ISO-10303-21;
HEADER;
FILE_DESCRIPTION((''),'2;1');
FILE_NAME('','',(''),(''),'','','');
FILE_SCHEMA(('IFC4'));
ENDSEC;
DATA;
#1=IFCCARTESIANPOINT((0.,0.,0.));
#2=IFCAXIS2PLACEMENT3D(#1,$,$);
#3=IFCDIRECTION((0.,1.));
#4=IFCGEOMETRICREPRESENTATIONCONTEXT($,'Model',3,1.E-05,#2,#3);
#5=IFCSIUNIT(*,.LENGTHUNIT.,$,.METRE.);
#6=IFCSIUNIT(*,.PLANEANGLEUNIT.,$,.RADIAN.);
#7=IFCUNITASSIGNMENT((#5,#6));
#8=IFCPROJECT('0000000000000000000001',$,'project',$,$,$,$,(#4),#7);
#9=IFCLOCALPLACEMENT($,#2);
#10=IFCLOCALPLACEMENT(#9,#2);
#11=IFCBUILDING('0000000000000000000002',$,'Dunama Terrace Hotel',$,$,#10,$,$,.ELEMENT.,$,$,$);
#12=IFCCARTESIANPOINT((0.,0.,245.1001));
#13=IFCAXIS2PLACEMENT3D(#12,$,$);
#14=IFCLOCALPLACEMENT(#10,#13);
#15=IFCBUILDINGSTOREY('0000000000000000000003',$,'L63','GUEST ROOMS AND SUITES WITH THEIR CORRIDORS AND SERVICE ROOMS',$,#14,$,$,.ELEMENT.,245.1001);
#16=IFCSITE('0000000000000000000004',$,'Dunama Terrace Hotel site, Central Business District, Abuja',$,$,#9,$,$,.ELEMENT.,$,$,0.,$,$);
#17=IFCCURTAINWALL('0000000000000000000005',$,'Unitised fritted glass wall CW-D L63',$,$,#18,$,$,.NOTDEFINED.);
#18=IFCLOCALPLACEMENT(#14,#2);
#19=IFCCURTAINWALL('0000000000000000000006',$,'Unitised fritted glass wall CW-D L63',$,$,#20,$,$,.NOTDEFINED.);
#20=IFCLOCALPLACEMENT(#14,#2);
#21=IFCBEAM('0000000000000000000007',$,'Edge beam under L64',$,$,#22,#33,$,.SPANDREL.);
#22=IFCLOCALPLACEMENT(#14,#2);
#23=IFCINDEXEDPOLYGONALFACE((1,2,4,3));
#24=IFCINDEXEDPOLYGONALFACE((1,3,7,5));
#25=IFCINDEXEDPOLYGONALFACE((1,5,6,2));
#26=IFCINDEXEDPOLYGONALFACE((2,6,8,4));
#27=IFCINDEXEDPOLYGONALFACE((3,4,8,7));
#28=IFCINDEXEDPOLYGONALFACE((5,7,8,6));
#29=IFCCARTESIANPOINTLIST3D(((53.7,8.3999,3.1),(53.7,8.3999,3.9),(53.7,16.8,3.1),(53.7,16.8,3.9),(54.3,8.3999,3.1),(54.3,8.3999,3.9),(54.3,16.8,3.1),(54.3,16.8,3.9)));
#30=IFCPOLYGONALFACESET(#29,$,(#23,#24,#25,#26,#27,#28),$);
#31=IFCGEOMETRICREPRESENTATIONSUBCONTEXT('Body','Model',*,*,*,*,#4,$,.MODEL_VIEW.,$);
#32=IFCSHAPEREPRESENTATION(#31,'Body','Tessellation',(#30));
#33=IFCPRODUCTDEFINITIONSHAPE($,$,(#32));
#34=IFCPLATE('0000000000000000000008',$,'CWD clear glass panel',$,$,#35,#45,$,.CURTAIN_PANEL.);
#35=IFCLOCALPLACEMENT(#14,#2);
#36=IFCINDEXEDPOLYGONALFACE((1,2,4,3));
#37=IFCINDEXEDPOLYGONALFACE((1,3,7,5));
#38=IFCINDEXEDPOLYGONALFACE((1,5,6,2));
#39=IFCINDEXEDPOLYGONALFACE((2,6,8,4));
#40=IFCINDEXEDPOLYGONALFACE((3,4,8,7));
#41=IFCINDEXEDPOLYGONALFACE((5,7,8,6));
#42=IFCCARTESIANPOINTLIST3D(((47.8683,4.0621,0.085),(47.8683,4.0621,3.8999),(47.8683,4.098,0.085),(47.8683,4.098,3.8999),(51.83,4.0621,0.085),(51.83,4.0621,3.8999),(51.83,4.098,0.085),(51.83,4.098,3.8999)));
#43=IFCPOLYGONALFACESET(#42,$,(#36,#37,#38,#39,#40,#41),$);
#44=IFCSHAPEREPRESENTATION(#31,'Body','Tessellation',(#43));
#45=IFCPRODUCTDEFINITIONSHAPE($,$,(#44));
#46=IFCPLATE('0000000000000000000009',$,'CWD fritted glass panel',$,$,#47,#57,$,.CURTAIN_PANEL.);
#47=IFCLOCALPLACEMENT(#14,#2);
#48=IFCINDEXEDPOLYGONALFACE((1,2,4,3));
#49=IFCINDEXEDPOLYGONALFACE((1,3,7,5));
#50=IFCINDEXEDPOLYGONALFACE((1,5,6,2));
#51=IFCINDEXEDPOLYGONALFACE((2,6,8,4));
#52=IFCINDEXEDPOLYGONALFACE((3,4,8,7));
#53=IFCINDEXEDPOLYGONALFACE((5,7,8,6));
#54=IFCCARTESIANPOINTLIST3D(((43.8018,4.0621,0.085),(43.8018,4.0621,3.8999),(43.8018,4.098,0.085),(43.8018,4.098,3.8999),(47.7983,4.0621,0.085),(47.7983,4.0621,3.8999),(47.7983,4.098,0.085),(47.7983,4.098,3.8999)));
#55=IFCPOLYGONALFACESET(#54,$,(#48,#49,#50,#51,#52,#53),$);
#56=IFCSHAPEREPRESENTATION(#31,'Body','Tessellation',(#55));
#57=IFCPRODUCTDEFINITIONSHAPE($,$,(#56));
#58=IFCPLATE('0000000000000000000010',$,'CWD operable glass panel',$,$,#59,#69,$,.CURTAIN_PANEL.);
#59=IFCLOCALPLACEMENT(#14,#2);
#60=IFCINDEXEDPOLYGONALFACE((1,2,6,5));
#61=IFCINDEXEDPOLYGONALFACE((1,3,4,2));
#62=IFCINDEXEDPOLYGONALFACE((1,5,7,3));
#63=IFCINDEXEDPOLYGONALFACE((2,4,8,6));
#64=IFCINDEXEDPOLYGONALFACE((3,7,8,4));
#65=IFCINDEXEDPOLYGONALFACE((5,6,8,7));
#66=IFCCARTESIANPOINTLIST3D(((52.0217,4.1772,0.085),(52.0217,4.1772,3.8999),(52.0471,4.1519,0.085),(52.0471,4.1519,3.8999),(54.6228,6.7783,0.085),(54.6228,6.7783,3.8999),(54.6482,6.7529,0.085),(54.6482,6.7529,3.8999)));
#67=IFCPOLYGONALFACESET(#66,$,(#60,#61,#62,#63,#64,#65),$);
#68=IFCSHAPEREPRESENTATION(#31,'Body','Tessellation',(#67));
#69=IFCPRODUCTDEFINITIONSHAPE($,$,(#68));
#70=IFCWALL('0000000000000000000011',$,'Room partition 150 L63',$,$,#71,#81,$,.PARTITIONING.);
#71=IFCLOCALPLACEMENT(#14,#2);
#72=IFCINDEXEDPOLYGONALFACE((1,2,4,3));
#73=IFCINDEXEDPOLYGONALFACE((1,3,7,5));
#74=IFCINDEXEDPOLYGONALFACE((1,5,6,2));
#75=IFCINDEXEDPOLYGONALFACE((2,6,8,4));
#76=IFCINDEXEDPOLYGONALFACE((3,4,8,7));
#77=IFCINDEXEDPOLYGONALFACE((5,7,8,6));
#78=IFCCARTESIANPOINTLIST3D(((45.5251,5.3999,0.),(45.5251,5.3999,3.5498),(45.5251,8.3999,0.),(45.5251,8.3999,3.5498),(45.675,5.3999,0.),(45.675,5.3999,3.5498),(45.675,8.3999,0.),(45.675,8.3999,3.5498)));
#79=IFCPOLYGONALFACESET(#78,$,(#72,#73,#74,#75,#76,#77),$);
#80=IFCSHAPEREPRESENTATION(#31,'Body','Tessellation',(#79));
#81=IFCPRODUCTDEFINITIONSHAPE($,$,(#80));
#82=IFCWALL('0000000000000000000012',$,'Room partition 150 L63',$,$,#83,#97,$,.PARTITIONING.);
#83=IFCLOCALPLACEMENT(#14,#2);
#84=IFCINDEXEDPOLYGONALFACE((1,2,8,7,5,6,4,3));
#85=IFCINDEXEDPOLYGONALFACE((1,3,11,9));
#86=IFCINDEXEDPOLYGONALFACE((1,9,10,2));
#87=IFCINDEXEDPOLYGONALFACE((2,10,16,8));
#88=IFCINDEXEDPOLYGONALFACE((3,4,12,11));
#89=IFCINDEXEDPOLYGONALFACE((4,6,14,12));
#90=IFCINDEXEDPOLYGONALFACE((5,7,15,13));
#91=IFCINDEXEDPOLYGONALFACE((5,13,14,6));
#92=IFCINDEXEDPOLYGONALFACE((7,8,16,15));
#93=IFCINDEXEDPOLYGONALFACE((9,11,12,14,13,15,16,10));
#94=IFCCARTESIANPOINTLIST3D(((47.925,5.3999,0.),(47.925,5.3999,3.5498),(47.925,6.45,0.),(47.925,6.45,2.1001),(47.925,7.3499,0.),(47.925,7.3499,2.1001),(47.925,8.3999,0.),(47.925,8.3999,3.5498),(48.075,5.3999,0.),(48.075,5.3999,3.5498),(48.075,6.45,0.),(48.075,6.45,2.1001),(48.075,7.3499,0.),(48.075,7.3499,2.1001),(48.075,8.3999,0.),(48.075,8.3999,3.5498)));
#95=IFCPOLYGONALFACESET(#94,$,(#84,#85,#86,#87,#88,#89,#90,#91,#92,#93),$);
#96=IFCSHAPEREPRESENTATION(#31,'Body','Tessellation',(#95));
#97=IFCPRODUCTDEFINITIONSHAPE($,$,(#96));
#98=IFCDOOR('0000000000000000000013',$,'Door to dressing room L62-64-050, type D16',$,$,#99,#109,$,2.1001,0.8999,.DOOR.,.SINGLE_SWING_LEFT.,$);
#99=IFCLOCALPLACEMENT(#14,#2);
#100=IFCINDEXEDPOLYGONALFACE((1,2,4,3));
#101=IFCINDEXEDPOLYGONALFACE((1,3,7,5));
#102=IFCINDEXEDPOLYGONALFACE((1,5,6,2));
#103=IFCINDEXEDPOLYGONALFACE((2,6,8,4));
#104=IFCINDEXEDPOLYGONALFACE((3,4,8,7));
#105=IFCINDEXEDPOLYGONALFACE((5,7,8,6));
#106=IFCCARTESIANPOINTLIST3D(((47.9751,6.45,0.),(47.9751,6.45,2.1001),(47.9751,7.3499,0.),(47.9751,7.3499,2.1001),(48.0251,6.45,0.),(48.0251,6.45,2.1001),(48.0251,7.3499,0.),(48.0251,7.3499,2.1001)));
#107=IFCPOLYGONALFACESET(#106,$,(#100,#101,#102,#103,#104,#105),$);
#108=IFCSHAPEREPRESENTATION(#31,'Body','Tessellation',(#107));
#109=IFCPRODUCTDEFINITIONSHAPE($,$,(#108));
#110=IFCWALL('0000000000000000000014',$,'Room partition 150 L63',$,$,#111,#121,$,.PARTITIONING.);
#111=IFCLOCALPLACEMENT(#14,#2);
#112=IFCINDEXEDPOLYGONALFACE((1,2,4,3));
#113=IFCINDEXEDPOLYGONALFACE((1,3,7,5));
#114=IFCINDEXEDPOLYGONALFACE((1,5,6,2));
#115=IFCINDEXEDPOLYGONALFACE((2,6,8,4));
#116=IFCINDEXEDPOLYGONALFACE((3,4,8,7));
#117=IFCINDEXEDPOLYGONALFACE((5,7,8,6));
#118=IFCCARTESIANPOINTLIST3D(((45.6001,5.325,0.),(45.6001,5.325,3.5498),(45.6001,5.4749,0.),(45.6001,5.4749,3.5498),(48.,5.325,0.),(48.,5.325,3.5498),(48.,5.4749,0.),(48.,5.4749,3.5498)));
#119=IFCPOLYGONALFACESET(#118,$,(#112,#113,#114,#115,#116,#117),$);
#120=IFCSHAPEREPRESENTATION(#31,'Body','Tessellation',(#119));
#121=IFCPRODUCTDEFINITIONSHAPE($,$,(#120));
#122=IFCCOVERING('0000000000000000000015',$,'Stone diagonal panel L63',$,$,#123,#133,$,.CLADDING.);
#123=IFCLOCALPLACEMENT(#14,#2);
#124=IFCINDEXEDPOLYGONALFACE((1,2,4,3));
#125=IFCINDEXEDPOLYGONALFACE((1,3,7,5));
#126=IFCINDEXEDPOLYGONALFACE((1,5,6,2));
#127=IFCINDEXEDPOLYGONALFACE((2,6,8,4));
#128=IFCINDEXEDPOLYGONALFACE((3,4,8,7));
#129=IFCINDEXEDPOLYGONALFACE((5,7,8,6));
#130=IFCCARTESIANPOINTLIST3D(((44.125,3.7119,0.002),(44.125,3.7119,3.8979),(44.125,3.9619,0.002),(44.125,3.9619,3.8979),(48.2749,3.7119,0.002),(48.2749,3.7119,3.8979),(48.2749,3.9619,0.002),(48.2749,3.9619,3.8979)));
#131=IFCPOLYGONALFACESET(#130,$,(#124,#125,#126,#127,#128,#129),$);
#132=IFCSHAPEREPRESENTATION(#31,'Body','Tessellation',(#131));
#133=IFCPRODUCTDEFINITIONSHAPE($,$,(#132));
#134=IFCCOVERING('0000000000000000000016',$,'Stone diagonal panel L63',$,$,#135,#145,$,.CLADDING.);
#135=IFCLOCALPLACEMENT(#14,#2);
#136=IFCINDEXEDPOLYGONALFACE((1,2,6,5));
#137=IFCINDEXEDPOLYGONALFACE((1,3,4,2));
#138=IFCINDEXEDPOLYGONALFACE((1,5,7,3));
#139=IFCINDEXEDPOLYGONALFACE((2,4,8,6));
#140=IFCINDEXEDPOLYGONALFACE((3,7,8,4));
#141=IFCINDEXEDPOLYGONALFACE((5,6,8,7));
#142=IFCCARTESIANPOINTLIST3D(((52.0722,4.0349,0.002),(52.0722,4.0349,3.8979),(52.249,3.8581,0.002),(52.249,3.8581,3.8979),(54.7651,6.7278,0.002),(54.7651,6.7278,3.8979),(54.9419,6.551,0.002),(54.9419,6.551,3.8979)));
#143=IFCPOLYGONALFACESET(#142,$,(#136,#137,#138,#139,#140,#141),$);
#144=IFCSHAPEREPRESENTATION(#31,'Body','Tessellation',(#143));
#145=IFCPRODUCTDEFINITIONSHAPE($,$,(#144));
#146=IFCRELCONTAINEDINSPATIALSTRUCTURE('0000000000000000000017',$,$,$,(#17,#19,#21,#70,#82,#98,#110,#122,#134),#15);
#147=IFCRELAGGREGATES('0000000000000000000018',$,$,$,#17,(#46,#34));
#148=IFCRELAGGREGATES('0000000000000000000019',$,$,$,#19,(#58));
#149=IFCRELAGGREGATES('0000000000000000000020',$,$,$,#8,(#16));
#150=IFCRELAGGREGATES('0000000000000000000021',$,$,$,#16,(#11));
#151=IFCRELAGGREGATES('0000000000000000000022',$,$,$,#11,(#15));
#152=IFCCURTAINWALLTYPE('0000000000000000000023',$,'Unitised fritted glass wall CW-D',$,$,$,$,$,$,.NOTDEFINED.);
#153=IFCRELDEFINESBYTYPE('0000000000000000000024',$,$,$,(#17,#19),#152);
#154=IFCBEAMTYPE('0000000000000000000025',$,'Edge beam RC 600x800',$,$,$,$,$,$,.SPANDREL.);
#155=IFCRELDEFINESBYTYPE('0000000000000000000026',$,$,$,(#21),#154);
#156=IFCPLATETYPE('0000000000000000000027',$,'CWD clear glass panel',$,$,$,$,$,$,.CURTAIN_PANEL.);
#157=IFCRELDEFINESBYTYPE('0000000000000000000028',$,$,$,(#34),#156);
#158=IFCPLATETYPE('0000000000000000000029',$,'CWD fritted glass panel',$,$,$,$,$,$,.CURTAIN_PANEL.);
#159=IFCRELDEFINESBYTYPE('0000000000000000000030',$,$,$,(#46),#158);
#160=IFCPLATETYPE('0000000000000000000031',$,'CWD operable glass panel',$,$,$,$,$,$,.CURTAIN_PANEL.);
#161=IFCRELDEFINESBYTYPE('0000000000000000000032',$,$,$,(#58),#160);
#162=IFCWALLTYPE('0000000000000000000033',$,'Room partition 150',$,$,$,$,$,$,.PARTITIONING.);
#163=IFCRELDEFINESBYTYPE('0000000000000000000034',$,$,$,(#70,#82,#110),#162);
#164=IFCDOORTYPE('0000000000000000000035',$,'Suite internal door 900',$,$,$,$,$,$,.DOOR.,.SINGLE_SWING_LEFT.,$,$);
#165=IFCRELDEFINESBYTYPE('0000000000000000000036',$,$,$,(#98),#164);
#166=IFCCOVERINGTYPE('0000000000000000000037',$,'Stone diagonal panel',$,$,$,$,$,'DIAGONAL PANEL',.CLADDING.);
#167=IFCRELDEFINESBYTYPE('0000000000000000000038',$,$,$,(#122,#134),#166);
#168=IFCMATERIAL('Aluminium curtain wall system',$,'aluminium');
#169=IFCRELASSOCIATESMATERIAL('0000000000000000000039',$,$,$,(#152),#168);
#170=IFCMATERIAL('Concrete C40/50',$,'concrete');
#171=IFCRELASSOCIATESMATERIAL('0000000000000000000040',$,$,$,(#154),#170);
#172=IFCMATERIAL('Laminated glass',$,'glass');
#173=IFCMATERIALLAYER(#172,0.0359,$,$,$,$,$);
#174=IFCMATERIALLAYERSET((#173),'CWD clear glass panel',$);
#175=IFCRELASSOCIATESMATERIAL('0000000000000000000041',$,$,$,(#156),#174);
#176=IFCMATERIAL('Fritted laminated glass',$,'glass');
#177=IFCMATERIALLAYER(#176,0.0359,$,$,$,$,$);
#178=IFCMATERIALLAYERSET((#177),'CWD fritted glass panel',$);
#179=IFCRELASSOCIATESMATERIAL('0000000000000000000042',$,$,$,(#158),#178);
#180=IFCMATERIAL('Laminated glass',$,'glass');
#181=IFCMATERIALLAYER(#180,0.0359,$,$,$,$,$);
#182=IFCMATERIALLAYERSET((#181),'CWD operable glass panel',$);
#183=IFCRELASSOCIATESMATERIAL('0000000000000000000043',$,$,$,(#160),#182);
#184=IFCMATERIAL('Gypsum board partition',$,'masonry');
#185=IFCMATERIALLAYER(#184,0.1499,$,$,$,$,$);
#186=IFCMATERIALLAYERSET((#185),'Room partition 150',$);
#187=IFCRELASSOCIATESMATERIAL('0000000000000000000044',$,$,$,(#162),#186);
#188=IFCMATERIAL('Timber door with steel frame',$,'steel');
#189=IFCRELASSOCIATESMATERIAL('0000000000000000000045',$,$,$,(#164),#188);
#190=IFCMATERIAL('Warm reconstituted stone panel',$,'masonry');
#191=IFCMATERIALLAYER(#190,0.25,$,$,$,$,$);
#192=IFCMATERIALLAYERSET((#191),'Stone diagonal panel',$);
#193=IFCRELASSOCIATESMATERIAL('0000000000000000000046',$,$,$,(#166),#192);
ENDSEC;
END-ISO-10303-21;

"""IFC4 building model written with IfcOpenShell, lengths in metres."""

from ifc_helpers import new_model, si_unit, direction, frame, frame_2d, origin, origin_2d, place, context, subcontext, project, spatial, rectangle, extrude, material, layer, layer_set, material_profile, profile_set, type_object, element, fill, aggregate, save


model = new_model("IFC4")

# Units and contexts
model_context = context("Model", 3, precision=1e-05, world=origin(), true_north=direction((0.0, 1.0)))
body_context = subcontext(model_context, "Body", "Model", "MODEL_VIEW")
ifc_project = project(units=[si_unit("LENGTHUNIT", "METRE"), si_unit("PLANEANGLEUNIT", "RADIAN")], contexts=[model_context])

# Site, building, storey
site_placement = place(None, origin())
site = spatial("IfcSite", under=ifc_project, at=site_placement, Name="Dunama Terrace Hotel site, Central Business District, Abuja", CompositionType="ELEMENT", RefElevation=0.0)
building_placement = place(site_placement, origin())
building = spatial("IfcBuilding", under=site, at=building_placement, Name="Dunama Terrace Hotel", CompositionType="ELEMENT")
storey_placement = place(building_placement, frame((0.0, 0.0, 245.1001)))
storey = spatial("IfcBuildingStorey", under=building, at=storey_placement, Name="L63", Description="GUEST ROOMS AND SUITES WITH THEIR CORRIDORS AND SERVICE ROOMS", CompositionType="ELEMENT", Elevation=245.1001)

# Curtain walls
ifc_material_1 = material(Name="Aluminium curtain wall system", Category="aluminium")
curtain_wall_type = type_object("IfcCurtainWallType", Name="Unitised fritted glass wall CW-D", PredefinedType="NOTDEFINED", material=ifc_material_1)
curtain_wall_1_placement = place(storey_placement, origin())
curtain_wall_1 = element("IfcCurtainWall", 1, at=curtain_wall_1_placement, inside=storey, type_object=curtain_wall_type, Name="Unitised fritted glass wall CW-D L63", PredefinedType="NOTDEFINED")
curtain_wall_2_placement = place(storey_placement, origin())
curtain_wall_2 = element("IfcCurtainWall", 2, at=curtain_wall_2_placement, inside=storey, type_object=curtain_wall_type, Name="Unitised fritted glass wall CW-D L63", PredefinedType="NOTDEFINED")

# Beam
ifc_material_2 = material(Name="Concrete C40/50", Category="concrete")
ifc_material_profile_1 = material_profile(ifc_material_2, rectangle(XDim=0.6001, YDim=0.8, at=origin_2d()), Name="RC 600x800")
ifc_profile_set_1 = profile_set([ifc_material_profile_1], Name="Concrete C40/50")
beam_type_1 = type_object("IfcBeamType", Name="Edge beam RC 600x800", PredefinedType="SPANDREL", material=ifc_profile_set_1)
beam_1_placement = place(storey_placement, frame((54.0, 8.3999, 3.5), z_axis=(0.0, 1.0, 0.0), x_axis=(-1.0, 0.0, 0.0)))
element("IfcBeam", 3, at=beam_1_placement, inside=storey, type_object=beam_type_1, Name="Edge beam under L64", PredefinedType="SPANDREL", context=body_context, shape_type="SweptSolid", body=[
    extrude(rectangle(XDim=0.6001, YDim=0.8, at=origin_2d()), origin(), (0.0, 0.0, 1.0), 8.4001),
])

# Plates
ifc_material_3 = material(Name="Laminated glass", Category="glass")
ifc_layer_1 = layer(ifc_material_3, 0.0359)
ifc_layer_set_1 = layer_set([ifc_layer_1], Name="CWD clear glass panel")
plate_type_1 = type_object("IfcPlateType", Name="CWD clear glass panel", PredefinedType="CURTAIN_PANEL", material=ifc_layer_set_1)
plate_1_placement = place(storey_placement, frame((49.8491, 4.0801, 0.085), z_axis=(0.0, 0.0, 1.0), x_axis=(1.0, 0.0, 0.0)))
plate_1 = element("IfcPlate", 4, at=plate_1_placement, type_object=plate_type_1, Name="CWD clear glass panel", PredefinedType="CURTAIN_PANEL", context=body_context, shape_type="SweptSolid", body=[
    extrude(rectangle(XDim=3.9617, YDim=0.0359, at=origin_2d()), origin(), (0.0, 0.0, 1.0), 3.8149),
])
ifc_material_4 = material(Name="Fritted laminated glass", Category="glass")
ifc_layer_2 = layer(ifc_material_4, 0.0359)
ifc_layer_set_2 = layer_set([ifc_layer_2], Name="CWD fritted glass panel")
plate_type_2 = type_object("IfcPlateType", Name="CWD fritted glass panel", PredefinedType="CURTAIN_PANEL", material=ifc_layer_set_2)
plate_2_placement = place(storey_placement, frame((45.8, 4.0801, 0.085), z_axis=(0.0, 0.0, 1.0), x_axis=(1.0, 0.0, 0.0)))
plate_2 = element("IfcPlate", 5, at=plate_2_placement, type_object=plate_type_2, Name="CWD fritted glass panel", PredefinedType="CURTAIN_PANEL", context=body_context, shape_type="SweptSolid", body=[
    extrude(rectangle(XDim=3.9966, YDim=0.0359, at=origin_2d()), origin(), (0.0, 0.0, 1.0), 3.8149),
])
aggregate(curtain_wall_1, [plate_2, plate_1])
ifc_material_5 = material(Name="Laminated glass", Category="glass")
ifc_layer_3 = layer(ifc_material_5, 0.0359)
ifc_layer_set_3 = layer_set([ifc_layer_3], Name="CWD operable glass panel")
plate_type_3 = type_object("IfcPlateType", Name="CWD operable glass panel", PredefinedType="CURTAIN_PANEL", material=ifc_layer_set_3)
plate_3_placement = place(storey_placement, frame((53.335, 5.4651, 0.085), z_axis=(0.0, 0.0, 1.0), x_axis=(0.707107, 0.707107, 0.0)))
plate_3 = element("IfcPlate", 6, at=plate_3_placement, type_object=plate_type_3, Name="CWD operable glass panel", PredefinedType="CURTAIN_PANEL", context=body_context, shape_type="SweptSolid", body=[
    extrude(rectangle(XDim=3.6785, YDim=0.0359, at=origin_2d()), origin(), (0.0, 0.0, 1.0), 3.8149),
])
aggregate(curtain_wall_2, [plate_3])

# Wall
ifc_material_6 = material(Name="Gypsum board partition", Category="masonry")
ifc_layer_4 = layer(ifc_material_6, 0.1499)
ifc_layer_set_4 = layer_set([ifc_layer_4], Name="Room partition 150")
wall_type = type_object("IfcWallType", Name="Room partition 150", PredefinedType="PARTITIONING", material=ifc_layer_set_4)
wall_1_placement = place(storey_placement, frame((45.6001, 5.3999, 0.0), z_axis=(0.0, 0.0, 1.0), x_axis=(0.0, 1.0, 0.0)))
element("IfcWall", 7, at=wall_1_placement, inside=storey, type_object=wall_type, Name="Room partition 150 L63", PredefinedType="PARTITIONING", context=body_context, shape_type="SweptSolid", body=[
    extrude(rectangle(XDim=3.0, YDim=0.1499, at=frame_2d((1.5, 0.0))), origin(), (0.0, 0.0, 1.0), 3.5498),
])

# Wall, opening, door
wall_2_placement = place(storey_placement, frame((48.0, 5.3999, 0.0), z_axis=(0.0, 0.0, 1.0), x_axis=(0.0, 1.0, 0.0)))
wall_2 = element("IfcWall", 8, at=wall_2_placement, inside=storey, type_object=wall_type, Name="Room partition 150 L63", PredefinedType="PARTITIONING", context=body_context, shape_type="SweptSolid", body=[
    extrude(rectangle(XDim=3.0, YDim=0.1499, at=frame_2d((1.5, 0.0))), origin(), (0.0, 0.0, 1.0), 3.5498),
])
opening_placement = place(wall_2_placement, frame((1.05, 0.0, 0.0)))
opening = element("IfcOpeningElement", 9, at=opening_placement, cuts=wall_2, PredefinedType="OPENING", context=body_context, shape_type="SweptSolid", body=[
    extrude(rectangle(XDim=0.8999, YDim=2.1001, at=frame_2d((0.45, 1.05))), frame((0.0, 0.085, 0.0), z_axis=(0.0, -1.0, 0.0), x_axis=(1.0, 0.0, 0.0)), (0.0, 0.0, 1.0), 0.1699),
])
ifc_material_7 = material(Name="Timber door with steel frame", Category="steel")
door_type = type_object("IfcDoorType", Name="Suite internal door 900", OperationType="SINGLE_SWING_LEFT", PredefinedType="DOOR", material=ifc_material_7)
door_placement = place(opening_placement, origin())
door = element("IfcDoor", 10, at=door_placement, inside=storey, type_object=door_type, Name="Door to dressing room L62-64-050, type D16", OperationType="SINGLE_SWING_LEFT", OverallHeight=2.1001, OverallWidth=0.8999, PredefinedType="DOOR", context=body_context, shape_type="SweptSolid", body=[
    extrude(rectangle(XDim=0.8999, YDim=2.1001, at=frame_2d((0.45, 1.05))), frame((0.0, 0.0249, 0.0), z_axis=(0.0, -1.0, 0.0), x_axis=(1.0, 0.0, 0.0)), (0.0, 0.0, 1.0), 0.05),
])
fill(opening, door)

# Wall
wall_3_placement = place(storey_placement, frame((45.6001, 5.3999, 0.0), z_axis=(0.0, 0.0, 1.0), x_axis=(1.0, 0.0, 0.0)))
element("IfcWall", 11, at=wall_3_placement, inside=storey, type_object=wall_type, Name="Room partition 150 L63", PredefinedType="PARTITIONING", context=body_context, shape_type="SweptSolid", body=[
    extrude(rectangle(XDim=2.3999, YDim=0.1499, at=frame_2d((1.2, 0.0))), origin(), (0.0, 0.0, 1.0), 3.5498),
])

# Coverings
ifc_material_8 = material(Name="Warm reconstituted stone panel", Category="masonry")
ifc_layer_5 = layer(ifc_material_8, 0.25)
ifc_layer_set_5 = layer_set([ifc_layer_5], Name="Stone diagonal panel")
covering_type = type_object("IfcCoveringType", Name="Stone diagonal panel", ElementType="DIAGONAL PANEL", PredefinedType="CLADDING", material=ifc_layer_set_5)
covering_1_placement = place(storey_placement, frame((46.2, 3.8369, 0.002), z_axis=(0.0, 0.0, 1.0), x_axis=(1.0, 0.0, 0.0)))
element("IfcCovering", 12, at=covering_1_placement, inside=storey, type_object=covering_type, Name="Stone diagonal panel L63", PredefinedType="CLADDING", context=body_context, shape_type="SweptSolid", body=[
    extrude(rectangle(XDim=4.1499, YDim=0.25, at=origin_2d()), origin(), (0.0, 0.0, 1.0), 3.896),
])
covering_2_placement = place(storey_placement, frame((53.5071, 5.293, 0.002), z_axis=(0.0, 0.0, 1.0), x_axis=(0.707107, 0.707107, 0.0)))
element("IfcCovering", 13, at=covering_2_placement, inside=storey, type_object=covering_type, Name="Stone diagonal panel L63", PredefinedType="CLADDING", context=body_context, shape_type="SweptSolid", body=[
    extrude(rectangle(XDim=3.8083, YDim=0.25, at=origin_2d()), origin(), (0.0, 0.0, 1.0), 3.896),
])

save(model, "model.ifc")
